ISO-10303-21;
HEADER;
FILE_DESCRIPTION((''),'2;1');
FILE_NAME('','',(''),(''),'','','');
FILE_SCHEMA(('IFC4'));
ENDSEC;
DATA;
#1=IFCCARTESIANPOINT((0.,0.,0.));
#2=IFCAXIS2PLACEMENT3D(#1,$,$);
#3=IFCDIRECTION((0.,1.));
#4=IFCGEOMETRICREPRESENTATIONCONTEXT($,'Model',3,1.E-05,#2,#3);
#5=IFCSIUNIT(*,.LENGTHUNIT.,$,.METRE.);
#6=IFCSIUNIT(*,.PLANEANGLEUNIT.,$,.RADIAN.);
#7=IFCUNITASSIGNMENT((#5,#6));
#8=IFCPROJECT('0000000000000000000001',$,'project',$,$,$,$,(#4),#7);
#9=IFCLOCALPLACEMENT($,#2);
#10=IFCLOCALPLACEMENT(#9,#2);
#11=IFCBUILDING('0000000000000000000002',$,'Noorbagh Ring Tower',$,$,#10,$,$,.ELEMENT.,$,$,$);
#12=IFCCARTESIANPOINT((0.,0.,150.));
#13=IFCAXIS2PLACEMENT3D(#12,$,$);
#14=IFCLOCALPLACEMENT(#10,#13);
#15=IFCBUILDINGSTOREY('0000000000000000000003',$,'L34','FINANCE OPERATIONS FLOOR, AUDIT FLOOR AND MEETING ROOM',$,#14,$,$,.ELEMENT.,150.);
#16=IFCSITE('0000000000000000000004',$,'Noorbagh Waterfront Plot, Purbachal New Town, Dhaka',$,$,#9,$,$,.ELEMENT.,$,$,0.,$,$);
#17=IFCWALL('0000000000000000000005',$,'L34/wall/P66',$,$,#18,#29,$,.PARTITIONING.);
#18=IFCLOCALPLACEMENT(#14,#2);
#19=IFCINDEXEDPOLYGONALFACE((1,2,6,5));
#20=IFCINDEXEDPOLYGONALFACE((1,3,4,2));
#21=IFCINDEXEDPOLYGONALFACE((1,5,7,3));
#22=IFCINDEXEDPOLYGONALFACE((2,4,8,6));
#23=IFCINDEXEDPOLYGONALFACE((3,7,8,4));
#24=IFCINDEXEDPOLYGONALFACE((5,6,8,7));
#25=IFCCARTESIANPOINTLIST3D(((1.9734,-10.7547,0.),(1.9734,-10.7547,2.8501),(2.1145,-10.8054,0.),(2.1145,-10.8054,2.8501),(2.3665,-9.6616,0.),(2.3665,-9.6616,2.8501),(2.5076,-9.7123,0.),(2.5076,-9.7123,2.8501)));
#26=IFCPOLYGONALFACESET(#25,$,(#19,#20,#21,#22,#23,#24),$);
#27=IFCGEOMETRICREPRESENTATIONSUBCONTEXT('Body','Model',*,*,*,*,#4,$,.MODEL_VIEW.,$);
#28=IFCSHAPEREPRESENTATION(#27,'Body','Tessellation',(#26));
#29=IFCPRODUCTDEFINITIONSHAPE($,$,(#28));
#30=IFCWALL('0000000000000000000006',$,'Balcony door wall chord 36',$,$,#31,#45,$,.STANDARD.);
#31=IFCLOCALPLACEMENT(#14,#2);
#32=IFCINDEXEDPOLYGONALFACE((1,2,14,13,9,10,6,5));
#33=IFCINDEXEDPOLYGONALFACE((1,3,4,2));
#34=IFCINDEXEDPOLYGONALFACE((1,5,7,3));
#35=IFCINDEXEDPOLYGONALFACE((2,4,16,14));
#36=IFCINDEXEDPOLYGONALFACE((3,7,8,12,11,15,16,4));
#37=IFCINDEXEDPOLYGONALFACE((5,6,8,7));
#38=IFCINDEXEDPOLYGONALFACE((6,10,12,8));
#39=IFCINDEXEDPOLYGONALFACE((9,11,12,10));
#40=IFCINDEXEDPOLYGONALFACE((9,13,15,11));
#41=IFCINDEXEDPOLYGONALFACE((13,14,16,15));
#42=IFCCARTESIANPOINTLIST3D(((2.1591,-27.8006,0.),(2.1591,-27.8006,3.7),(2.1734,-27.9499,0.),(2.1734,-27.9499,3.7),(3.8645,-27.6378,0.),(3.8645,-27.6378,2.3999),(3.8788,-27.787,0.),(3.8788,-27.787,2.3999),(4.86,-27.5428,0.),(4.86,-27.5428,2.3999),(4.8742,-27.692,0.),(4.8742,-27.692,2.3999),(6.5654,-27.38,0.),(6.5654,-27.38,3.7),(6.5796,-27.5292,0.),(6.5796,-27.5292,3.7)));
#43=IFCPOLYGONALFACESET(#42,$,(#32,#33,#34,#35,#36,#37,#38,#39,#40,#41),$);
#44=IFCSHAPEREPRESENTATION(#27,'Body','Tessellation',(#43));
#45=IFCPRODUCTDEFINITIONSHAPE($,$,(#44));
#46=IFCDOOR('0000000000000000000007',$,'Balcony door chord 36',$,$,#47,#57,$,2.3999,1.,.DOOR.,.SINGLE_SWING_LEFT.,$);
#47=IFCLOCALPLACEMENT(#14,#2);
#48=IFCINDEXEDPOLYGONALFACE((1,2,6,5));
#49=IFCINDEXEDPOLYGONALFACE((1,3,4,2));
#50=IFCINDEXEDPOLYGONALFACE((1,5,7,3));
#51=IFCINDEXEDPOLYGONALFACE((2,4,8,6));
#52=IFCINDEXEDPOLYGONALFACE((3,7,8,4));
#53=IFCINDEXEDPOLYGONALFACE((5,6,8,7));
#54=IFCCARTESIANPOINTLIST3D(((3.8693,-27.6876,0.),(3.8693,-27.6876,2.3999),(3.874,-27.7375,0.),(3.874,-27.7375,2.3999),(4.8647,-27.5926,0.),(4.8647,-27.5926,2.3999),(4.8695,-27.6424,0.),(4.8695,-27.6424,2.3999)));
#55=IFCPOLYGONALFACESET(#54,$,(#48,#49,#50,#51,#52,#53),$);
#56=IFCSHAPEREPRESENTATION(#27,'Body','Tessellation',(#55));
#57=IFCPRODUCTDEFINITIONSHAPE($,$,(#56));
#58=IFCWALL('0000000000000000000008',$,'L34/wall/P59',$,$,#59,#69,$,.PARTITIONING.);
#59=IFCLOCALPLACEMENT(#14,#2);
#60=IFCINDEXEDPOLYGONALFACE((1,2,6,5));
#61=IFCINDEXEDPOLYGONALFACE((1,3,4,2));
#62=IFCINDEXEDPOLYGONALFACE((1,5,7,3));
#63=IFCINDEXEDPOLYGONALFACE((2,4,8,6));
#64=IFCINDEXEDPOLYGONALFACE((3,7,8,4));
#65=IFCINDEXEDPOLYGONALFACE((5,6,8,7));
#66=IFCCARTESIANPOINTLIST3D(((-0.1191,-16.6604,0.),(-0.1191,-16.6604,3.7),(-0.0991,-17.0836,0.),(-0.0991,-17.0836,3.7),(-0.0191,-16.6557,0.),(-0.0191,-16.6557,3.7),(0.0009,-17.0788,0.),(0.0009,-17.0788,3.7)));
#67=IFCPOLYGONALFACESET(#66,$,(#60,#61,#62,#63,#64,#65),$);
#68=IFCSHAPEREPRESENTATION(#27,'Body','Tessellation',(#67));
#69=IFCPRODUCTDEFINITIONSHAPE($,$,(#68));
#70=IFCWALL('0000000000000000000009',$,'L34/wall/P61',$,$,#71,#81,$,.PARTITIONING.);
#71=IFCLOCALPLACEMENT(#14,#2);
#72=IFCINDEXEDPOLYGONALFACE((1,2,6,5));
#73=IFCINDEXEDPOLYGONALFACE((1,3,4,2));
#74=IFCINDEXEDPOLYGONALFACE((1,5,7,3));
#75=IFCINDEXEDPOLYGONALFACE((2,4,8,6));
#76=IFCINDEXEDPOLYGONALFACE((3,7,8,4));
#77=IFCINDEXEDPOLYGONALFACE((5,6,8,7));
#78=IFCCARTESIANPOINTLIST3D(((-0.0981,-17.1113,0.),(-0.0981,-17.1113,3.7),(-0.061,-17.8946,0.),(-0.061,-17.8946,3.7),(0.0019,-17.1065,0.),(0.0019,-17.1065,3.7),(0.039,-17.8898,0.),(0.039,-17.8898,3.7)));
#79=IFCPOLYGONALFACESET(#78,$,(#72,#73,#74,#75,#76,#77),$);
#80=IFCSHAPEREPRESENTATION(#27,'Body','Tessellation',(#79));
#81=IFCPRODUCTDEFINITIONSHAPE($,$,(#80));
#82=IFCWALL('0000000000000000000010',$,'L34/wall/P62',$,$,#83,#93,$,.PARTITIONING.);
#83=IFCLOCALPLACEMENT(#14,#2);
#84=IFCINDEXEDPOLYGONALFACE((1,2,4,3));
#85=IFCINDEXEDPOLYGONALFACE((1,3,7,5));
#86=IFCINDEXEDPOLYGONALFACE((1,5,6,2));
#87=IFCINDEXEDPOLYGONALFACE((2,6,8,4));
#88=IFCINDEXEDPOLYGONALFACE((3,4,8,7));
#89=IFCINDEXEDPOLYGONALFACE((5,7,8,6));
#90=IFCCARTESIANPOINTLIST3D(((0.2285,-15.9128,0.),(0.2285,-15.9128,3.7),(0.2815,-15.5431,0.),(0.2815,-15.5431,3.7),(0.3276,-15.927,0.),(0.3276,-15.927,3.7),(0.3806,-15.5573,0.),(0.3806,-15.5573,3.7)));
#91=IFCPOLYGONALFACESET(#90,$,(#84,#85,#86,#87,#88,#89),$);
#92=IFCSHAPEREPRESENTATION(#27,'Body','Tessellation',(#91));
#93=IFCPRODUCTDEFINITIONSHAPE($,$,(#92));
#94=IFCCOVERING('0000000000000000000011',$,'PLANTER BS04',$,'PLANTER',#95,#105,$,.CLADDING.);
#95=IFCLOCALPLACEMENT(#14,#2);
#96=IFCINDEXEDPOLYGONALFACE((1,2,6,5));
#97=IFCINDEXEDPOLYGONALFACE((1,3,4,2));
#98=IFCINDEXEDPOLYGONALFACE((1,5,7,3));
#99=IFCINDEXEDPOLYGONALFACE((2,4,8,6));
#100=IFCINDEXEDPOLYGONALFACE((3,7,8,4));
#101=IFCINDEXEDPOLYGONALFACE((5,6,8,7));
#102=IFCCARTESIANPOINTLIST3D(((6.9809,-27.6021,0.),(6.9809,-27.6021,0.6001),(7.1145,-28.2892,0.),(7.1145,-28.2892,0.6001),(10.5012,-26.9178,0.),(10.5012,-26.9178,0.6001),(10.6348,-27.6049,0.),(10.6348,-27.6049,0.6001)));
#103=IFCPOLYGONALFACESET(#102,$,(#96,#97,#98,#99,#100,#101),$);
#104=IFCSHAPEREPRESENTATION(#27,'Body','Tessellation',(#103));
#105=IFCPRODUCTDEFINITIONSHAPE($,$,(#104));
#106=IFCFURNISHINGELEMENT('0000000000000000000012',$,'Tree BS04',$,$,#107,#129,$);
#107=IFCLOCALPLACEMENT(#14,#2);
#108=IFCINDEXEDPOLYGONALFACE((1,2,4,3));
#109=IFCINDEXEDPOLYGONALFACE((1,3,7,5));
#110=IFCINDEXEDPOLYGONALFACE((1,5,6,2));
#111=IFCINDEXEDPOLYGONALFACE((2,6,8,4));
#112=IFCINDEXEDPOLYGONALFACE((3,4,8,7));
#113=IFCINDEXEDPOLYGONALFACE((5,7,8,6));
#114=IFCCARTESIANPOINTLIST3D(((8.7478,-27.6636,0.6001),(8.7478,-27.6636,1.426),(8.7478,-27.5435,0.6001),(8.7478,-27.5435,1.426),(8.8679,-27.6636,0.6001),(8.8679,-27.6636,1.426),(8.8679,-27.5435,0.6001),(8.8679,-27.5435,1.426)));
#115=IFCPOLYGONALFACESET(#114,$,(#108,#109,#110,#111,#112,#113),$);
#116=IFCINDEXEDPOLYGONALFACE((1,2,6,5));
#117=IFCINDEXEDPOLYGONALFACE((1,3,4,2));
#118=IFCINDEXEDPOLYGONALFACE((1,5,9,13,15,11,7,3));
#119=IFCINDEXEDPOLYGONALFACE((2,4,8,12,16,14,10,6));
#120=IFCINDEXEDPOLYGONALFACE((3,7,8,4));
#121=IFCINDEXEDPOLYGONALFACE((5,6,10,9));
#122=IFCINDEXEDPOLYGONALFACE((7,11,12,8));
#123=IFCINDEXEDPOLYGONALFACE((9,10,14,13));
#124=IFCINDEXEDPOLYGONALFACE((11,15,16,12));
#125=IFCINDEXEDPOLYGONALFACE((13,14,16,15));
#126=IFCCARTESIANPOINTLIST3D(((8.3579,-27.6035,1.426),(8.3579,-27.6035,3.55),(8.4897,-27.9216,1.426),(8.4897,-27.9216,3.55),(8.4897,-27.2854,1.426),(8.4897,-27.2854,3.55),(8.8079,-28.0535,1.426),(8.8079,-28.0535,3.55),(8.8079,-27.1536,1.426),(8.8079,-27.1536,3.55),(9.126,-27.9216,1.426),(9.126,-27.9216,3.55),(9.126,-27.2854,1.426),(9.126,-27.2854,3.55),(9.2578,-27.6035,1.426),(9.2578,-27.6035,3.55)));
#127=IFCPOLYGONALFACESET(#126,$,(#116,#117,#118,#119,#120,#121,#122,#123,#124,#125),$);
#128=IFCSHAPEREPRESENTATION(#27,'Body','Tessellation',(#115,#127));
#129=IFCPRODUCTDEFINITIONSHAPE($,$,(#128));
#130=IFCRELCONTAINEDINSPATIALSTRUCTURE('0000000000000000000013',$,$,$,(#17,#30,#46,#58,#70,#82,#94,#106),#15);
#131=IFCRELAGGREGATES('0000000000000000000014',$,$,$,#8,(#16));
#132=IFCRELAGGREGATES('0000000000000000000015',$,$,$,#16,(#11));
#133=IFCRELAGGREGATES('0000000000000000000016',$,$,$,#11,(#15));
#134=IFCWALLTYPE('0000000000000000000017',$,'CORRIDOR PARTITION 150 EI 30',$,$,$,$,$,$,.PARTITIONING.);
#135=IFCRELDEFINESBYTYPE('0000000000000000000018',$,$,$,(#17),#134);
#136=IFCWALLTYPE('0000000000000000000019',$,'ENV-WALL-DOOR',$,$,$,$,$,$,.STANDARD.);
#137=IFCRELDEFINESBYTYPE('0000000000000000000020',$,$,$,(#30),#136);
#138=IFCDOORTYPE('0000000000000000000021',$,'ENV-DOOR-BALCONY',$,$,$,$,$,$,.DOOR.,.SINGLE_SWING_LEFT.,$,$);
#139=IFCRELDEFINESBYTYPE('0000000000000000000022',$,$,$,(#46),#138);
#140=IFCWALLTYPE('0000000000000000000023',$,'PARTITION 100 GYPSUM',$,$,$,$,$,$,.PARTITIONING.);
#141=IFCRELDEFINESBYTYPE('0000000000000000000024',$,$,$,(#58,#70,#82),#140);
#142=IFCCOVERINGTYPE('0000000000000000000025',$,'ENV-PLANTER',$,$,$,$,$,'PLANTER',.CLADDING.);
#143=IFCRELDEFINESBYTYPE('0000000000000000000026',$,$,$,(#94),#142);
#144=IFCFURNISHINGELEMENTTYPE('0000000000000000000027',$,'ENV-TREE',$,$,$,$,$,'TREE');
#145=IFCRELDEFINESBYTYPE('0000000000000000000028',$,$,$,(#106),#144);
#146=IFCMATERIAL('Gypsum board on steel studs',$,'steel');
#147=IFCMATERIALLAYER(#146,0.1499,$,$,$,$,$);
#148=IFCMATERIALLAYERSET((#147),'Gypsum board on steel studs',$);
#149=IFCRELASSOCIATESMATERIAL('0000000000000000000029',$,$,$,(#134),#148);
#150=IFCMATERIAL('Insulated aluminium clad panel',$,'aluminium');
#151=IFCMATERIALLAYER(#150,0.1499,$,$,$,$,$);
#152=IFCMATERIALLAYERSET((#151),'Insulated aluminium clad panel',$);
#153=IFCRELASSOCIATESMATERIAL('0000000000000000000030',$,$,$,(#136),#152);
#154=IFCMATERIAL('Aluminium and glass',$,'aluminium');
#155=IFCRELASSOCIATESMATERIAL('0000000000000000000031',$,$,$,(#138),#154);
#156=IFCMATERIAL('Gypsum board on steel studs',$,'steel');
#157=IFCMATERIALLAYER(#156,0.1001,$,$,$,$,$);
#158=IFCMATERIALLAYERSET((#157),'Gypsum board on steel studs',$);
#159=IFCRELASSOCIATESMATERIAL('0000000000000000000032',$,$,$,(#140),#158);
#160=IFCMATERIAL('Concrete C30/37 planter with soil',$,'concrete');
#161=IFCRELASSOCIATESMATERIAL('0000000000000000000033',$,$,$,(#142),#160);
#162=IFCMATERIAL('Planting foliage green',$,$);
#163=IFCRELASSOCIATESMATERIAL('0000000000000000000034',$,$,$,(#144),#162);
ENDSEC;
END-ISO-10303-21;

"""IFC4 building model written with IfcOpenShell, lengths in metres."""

from ifc_helpers import new_model, si_unit, direction, frame, frame_2d, origin, origin_2d, place, context, subcontext, project, spatial, polyline, rectangle, outline, extrude, material, layer, layer_set, type_object, element, fill, save


model = new_model("IFC4")

# Units and contexts
model_context = context("Model", 3, precision=1e-05, world=origin(), true_north=direction((0.0, 1.0)))
body_context = subcontext(model_context, "Body", "Model", "MODEL_VIEW")
ifc_project = project(units=[si_unit("LENGTHUNIT", "METRE"), si_unit("PLANEANGLEUNIT", "RADIAN")], contexts=[model_context])

# Site, building, storey
site_placement = place(None, origin())
site = spatial("IfcSite", under=ifc_project, at=site_placement, Name="Noorbagh Waterfront Plot, Purbachal New Town, Dhaka", CompositionType="ELEMENT", RefElevation=0.0)
building_placement = place(site_placement, origin())
building = spatial("IfcBuilding", under=site, at=building_placement, Name="Noorbagh Ring Tower", CompositionType="ELEMENT")
storey_placement = place(building_placement, frame((0.0, 0.0, 150.0)))
storey = spatial("IfcBuildingStorey", under=building, at=storey_placement, Name="L34", Description="FINANCE OPERATIONS FLOOR, AUDIT FLOOR AND MEETING ROOM", CompositionType="ELEMENT", Elevation=150.0)

# Wall
ifc_material_1 = material(Name="Gypsum board on steel studs", Category="steel")
ifc_layer_1 = layer(ifc_material_1, 0.1499)
ifc_layer_set_1 = layer_set([ifc_layer_1], Name="Gypsum board on steel studs")
wall_type_1 = type_object("IfcWallType", Name="CORRIDOR PARTITION 150 EI 30", PredefinedType="PARTITIONING", material=ifc_layer_set_1)
wall_1_placement = place(storey_placement, frame((2.0439, -10.78, 0.0), z_axis=(0.0, 0.0, 1.0), x_axis=(0.338399, 0.941003, 0.0)))
element("IfcWall", 1, at=wall_1_placement, inside=storey, type_object=wall_type_1, Name="L34/wall/P66", PredefinedType="PARTITIONING", context=body_context, shape_type="SweptSolid", body=[
    extrude(rectangle(XDim=1.1616, YDim=0.1499, at=frame_2d((0.5808, 0.0))), origin(), (0.0, 0.0, 1.0), 2.8501),
])

# Wall, opening, door
ifc_material_2 = material(Name="Insulated aluminium clad panel", Category="aluminium")
ifc_layer_2 = layer(ifc_material_2, 0.1499)
ifc_layer_set_2 = layer_set([ifc_layer_2], Name="Insulated aluminium clad panel")
wall_type_2 = type_object("IfcWallType", Name="ENV-WALL-DOOR", PredefinedType="STANDARD", material=ifc_layer_set_2)
wall_2_placement = place(storey_placement, frame((2.1663, -27.8752, 0.0), z_axis=(0.0, 0.0, 1.0), x_axis=(0.995474, 0.095036, 0.0)))
wall_2 = element("IfcWall", 2, at=wall_2_placement, inside=storey, type_object=wall_type_2, Name="Balcony door wall chord 36", PredefinedType="STANDARD", context=body_context, shape_type="SweptSolid", body=[
    extrude(rectangle(XDim=4.4263, YDim=0.1499, at=frame_2d((2.2131, 0.0))), origin(), (0.0, 0.0, 1.0), 3.7),
])
opening_placement = place(wall_2_placement, frame((1.7131, 0.0, 0.0)))
opening = element("IfcOpeningElement", 3, at=opening_placement, cuts=wall_2, PredefinedType="OPENING", context=body_context, shape_type="SweptSolid", body=[
    extrude(rectangle(XDim=1.0, YDim=2.3999, at=frame_2d((0.5, 1.2))), frame((0.0, 0.085, 0.0), z_axis=(0.0, -1.0, 0.0), x_axis=(1.0, 0.0, 0.0)), (0.0, 0.0, 1.0), 0.1699),
])
ifc_material_3 = material(Name="Aluminium and glass", Category="aluminium")
door_type = type_object("IfcDoorType", Name="ENV-DOOR-BALCONY", OperationType="SINGLE_SWING_LEFT", PredefinedType="DOOR", material=ifc_material_3)
door_placement = place(opening_placement, origin())
door = element("IfcDoor", 4, at=door_placement, inside=storey, type_object=door_type, Name="Balcony door chord 36", OperationType="SINGLE_SWING_LEFT", OverallHeight=2.3999, OverallWidth=1.0, PredefinedType="DOOR", context=body_context, shape_type="SweptSolid", body=[
    extrude(rectangle(XDim=1.0, YDim=2.3999, at=frame_2d((0.5, 1.2))), frame((0.0, 0.0249, 0.0), z_axis=(0.0, -1.0, 0.0), x_axis=(1.0, 0.0, 0.0)), (0.0, 0.0, 1.0), 0.05),
])
fill(opening, door)

# Walls
ifc_material_4 = material(Name="Gypsum board on steel studs", Category="steel")
ifc_layer_3 = layer(ifc_material_4, 0.1001)
ifc_layer_set_3 = layer_set([ifc_layer_3], Name="Gypsum board on steel studs")
wall_type_3 = type_object("IfcWallType", Name="PARTITION 100 GYPSUM", PredefinedType="PARTITIONING", material=ifc_layer_set_3)
wall_3_placement = place(storey_placement, frame((-0.0691, -16.658, 0.0), z_axis=(0.0, 0.0, 1.0), x_axis=(0.047264, -0.998882, 0.0)))
element("IfcWall", 5, at=wall_3_placement, inside=storey, type_object=wall_type_3, Name="L34/wall/P59", PredefinedType="PARTITIONING", context=body_context, shape_type="SweptSolid", body=[
    extrude(rectangle(XDim=0.4236, YDim=0.1001, at=frame_2d((0.2119, 0.0))), origin(), (0.0, 0.0, 1.0), 3.7),
])
wall_4_placement = place(storey_placement, frame((-0.0481, -17.1089, 0.0), z_axis=(0.0, 0.0, 1.0), x_axis=(0.047328, -0.998879, 0.0)))
element("IfcWall", 6, at=wall_4_placement, inside=storey, type_object=wall_type_3, Name="L34/wall/P61", PredefinedType="PARTITIONING", context=body_context, shape_type="SweptSolid", body=[
    extrude(rectangle(XDim=0.7842, YDim=0.1001, at=frame_2d((0.3921, 0.0))), origin(), (0.0, 0.0, 1.0), 3.7),
])
wall_5_placement = place(storey_placement, frame((0.2781, -15.9199, 0.0), z_axis=(0.0, 0.0, 1.0), x_axis=(0.141787, 0.989897, 0.0)))
element("IfcWall", 7, at=wall_5_placement, inside=storey, type_object=wall_type_3, Name="L34/wall/P62", PredefinedType="PARTITIONING", context=body_context, shape_type="SweptSolid", body=[
    extrude(rectangle(XDim=0.3735, YDim=0.1001, at=frame_2d((0.1868, 0.0))), origin(), (0.0, 0.0, 1.0), 3.7),
])

# Covering
ifc_material_5 = material(Name="Concrete C30/37 planter with soil", Category="concrete")
covering_type = type_object("IfcCoveringType", Name="ENV-PLANTER", ElementType="PLANTER", PredefinedType="CLADDING", material=ifc_material_5)
covering_placement = place(storey_placement, frame((8.8079, -27.6035, 0.0), z_axis=(0.0, 0.0, 1.0), x_axis=(0.981625, 0.19082, 0.0)))
element("IfcCovering", 8, at=covering_placement, inside=storey, type_object=covering_type, Name="PLANTER BS04", ObjectType="PLANTER", PredefinedType="CLADDING", context=body_context, shape_type="SweptSolid", body=[
    extrude(rectangle(XDim=3.5862, YDim=0.7, at=origin_2d()), origin(), (0.0, 0.0, 1.0), 0.6001),
])

# Furnishing element
ifc_material_6 = material(Name="Planting foliage green")
furnishing_element_type = type_object("IfcFurnishingElementType", Name="ENV-TREE", ElementType="TREE", material=ifc_material_6)
furnishing_placement = place(storey_placement, frame((8.8079, -27.6035, 0.6001), z_axis=(0.0, 0.0, 1.0), x_axis=(1.0, 0.0, 0.0)))
element("IfcFurnishingElement", 9, at=furnishing_placement, inside=storey, type_object=furnishing_element_type, Name="Tree BS04", context=body_context, shape_type="SweptSolid", body=[
    extrude(rectangle(XDim=0.1201, YDim=0.1201, at=origin_2d()), origin(), (0.0, 0.0, 1.0), 0.8259),
    extrude(outline(polyline([(0.45, 0.0), (0.3181, 0.3181), (0.0, 0.45), (-0.3181, 0.3181), (-0.45, 0.0), (-0.3181, -0.3181), (0.0, -0.45), (0.3181, -0.3181), (0.45, 0.0)])), frame((0.0, 0.0, 0.8259)), (0.0, 0.0, 1.0), 2.124),
])

save(model, "model.ifc")
